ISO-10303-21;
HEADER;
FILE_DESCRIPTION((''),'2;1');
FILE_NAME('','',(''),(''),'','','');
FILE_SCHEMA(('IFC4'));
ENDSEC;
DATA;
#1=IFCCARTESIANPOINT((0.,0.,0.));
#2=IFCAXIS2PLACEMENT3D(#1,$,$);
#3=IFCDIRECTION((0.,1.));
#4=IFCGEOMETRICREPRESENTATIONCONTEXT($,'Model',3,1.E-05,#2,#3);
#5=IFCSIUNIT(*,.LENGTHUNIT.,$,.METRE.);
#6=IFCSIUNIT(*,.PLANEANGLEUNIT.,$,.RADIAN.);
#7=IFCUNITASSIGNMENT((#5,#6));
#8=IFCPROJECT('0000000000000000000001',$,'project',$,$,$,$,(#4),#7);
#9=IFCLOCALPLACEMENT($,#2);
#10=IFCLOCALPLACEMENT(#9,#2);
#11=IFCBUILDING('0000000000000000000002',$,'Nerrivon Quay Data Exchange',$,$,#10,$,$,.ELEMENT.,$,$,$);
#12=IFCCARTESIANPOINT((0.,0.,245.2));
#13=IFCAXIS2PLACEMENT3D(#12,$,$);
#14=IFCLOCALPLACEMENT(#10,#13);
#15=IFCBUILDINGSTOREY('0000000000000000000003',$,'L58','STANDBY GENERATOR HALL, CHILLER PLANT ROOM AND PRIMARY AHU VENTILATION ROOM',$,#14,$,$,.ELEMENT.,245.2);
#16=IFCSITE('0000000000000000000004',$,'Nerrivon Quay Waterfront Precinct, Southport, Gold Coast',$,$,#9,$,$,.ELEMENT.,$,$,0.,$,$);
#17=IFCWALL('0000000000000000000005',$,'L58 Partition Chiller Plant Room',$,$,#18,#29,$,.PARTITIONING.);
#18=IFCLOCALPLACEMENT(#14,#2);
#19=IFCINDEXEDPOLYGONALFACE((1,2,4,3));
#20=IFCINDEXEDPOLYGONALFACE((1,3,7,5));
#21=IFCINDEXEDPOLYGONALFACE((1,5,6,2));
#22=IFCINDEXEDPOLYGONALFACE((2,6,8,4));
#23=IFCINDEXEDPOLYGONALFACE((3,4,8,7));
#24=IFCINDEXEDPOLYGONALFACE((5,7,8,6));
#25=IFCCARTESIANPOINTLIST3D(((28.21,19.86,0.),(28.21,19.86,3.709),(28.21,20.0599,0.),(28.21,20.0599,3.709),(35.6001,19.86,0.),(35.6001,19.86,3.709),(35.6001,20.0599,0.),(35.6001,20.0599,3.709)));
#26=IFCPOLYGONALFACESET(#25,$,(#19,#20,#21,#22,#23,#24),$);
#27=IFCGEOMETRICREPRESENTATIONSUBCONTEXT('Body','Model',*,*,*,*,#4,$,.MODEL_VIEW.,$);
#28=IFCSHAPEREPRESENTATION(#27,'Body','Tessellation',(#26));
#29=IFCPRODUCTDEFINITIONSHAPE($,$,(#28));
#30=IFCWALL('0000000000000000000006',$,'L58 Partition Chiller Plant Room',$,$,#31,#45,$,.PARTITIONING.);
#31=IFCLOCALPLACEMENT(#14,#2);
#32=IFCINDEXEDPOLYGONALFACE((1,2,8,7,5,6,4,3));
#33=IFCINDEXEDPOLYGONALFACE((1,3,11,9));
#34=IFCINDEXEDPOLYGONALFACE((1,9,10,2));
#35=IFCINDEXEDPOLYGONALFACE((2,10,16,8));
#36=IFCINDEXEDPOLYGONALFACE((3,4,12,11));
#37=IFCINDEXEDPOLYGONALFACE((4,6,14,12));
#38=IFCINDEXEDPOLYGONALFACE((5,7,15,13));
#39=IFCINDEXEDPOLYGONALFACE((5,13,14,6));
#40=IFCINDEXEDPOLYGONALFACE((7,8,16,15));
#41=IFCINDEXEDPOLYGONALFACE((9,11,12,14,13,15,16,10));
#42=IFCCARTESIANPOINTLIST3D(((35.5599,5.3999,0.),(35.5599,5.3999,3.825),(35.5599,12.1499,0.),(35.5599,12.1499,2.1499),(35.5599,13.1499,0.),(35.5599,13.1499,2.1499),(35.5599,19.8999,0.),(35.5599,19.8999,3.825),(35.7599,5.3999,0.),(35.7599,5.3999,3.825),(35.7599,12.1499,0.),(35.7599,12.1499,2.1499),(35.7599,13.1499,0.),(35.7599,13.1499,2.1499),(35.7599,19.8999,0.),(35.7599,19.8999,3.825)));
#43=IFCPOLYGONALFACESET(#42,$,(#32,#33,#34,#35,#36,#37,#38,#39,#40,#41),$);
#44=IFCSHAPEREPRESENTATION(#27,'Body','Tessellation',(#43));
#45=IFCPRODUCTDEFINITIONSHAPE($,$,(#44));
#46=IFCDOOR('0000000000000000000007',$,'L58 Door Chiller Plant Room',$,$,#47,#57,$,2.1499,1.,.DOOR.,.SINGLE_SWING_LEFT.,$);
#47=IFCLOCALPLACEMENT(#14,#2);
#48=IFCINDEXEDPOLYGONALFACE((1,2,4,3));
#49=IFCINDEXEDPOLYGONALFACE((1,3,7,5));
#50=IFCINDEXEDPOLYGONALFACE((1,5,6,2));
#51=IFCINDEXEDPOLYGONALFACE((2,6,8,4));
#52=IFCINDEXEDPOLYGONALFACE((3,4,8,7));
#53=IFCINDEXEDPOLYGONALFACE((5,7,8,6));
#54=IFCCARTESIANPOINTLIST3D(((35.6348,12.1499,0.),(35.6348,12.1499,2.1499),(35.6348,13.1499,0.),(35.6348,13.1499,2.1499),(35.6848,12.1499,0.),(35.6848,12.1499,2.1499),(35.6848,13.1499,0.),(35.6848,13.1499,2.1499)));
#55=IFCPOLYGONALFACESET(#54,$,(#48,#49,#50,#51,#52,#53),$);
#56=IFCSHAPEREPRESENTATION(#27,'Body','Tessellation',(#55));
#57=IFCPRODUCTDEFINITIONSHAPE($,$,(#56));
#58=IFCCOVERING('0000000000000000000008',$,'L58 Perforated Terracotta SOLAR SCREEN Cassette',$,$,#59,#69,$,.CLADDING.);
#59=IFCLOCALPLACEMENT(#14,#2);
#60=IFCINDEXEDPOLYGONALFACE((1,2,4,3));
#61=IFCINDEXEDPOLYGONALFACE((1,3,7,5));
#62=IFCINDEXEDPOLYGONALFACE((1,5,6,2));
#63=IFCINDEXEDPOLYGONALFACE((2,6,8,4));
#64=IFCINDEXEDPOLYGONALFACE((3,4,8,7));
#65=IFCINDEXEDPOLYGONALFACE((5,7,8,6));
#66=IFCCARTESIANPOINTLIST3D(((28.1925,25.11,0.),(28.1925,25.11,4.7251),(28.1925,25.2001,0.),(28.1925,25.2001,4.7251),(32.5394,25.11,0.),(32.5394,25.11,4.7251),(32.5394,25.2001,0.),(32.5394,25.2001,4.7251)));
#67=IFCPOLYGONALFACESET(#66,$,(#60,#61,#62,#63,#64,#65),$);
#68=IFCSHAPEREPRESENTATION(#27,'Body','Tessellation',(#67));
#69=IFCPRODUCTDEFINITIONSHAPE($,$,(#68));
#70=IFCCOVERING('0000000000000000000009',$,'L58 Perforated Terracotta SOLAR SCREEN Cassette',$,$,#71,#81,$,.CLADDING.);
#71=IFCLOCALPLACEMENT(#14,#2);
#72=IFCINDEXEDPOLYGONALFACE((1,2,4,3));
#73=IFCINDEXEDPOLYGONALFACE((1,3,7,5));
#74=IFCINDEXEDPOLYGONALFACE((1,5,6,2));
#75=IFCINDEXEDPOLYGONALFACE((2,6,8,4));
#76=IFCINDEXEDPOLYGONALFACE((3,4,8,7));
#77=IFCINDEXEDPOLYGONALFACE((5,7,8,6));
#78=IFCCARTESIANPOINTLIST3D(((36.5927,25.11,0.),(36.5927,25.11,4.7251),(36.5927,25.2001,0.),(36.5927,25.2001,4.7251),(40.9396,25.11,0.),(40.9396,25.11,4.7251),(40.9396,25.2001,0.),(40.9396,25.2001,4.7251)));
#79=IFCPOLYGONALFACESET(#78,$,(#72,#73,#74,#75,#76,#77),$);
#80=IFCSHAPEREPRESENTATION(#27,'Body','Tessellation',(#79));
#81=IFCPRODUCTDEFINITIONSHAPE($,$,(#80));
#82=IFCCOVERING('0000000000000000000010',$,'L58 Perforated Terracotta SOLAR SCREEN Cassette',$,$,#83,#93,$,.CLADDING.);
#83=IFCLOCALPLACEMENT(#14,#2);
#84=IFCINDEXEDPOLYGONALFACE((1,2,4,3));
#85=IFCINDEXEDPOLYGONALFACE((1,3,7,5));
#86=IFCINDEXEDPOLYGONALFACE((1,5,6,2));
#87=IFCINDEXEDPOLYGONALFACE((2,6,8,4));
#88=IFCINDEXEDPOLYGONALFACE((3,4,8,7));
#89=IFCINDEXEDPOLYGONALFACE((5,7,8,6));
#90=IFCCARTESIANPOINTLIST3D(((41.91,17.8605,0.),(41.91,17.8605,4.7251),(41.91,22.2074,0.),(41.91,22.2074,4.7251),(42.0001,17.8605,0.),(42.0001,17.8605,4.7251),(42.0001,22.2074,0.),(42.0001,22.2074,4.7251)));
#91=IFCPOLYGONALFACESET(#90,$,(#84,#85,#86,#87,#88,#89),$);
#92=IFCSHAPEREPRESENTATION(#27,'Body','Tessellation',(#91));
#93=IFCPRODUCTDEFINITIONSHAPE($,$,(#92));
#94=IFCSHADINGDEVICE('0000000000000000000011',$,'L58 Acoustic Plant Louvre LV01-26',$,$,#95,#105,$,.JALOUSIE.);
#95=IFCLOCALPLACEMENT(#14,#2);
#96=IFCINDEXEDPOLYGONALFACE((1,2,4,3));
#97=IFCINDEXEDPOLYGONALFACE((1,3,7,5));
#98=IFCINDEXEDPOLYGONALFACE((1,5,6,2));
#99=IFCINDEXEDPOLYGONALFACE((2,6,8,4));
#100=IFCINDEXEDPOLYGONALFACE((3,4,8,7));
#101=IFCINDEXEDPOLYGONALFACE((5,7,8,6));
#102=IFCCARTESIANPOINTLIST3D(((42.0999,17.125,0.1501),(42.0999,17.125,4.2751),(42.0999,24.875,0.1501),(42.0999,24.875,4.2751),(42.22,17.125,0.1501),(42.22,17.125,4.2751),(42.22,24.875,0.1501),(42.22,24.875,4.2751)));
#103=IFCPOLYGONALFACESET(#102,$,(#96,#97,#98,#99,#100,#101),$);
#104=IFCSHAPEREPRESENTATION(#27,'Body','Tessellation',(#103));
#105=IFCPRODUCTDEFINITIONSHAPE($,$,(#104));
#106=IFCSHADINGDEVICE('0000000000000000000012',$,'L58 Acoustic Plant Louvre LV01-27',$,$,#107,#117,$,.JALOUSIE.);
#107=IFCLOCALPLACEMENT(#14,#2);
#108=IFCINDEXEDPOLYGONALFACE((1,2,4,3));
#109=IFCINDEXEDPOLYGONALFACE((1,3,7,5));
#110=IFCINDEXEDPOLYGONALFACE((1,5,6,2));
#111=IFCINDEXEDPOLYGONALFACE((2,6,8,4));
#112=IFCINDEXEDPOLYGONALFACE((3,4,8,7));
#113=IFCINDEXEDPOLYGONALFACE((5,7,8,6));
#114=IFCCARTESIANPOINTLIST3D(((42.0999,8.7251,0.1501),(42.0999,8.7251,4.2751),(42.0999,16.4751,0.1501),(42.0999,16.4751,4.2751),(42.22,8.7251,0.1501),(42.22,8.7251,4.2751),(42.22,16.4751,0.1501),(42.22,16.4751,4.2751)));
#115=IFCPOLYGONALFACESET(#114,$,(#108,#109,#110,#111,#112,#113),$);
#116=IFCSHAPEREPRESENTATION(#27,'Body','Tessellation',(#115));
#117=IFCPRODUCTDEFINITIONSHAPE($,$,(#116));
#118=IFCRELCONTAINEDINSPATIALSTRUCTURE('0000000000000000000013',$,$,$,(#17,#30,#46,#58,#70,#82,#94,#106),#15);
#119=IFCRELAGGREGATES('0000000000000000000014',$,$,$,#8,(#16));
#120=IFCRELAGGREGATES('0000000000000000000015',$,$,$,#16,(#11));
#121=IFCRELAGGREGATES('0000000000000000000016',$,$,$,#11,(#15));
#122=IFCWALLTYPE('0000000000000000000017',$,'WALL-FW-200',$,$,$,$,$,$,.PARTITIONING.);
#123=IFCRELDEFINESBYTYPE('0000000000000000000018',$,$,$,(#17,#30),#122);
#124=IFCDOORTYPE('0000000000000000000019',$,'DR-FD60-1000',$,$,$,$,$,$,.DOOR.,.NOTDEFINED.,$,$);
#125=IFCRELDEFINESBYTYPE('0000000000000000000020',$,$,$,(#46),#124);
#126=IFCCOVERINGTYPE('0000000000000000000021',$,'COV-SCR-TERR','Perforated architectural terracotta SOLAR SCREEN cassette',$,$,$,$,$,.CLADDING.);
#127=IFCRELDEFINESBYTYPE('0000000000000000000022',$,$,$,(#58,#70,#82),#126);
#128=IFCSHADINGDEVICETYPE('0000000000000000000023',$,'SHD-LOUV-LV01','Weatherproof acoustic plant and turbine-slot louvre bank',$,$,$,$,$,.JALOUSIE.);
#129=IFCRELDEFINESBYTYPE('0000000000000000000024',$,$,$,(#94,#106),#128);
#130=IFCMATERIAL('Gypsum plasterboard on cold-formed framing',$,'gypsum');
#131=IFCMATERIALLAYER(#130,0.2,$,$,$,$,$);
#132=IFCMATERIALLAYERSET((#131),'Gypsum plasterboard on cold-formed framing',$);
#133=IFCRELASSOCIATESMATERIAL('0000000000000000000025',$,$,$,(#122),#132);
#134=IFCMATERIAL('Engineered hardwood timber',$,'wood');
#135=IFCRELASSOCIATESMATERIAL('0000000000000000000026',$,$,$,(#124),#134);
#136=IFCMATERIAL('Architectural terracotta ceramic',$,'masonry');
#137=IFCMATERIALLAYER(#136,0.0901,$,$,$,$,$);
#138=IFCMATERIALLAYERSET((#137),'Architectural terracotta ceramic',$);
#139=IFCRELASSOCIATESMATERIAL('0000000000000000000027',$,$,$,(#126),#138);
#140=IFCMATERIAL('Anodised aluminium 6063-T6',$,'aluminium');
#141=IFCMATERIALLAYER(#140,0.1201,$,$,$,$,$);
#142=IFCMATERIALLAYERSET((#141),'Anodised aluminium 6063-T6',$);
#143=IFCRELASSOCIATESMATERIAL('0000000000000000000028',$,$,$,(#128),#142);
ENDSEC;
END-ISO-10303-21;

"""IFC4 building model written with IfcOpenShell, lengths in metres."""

from ifc_helpers import new_model, si_unit, direction, frame, frame_2d, origin, origin_2d, place, context, subcontext, project, spatial, rectangle, extrude, material, layer, layer_set, type_object, element, fill, save


model = new_model("IFC4")

# Units and contexts
model_context = context("Model", 3, precision=1e-05, world=origin(), true_north=direction((0.0, 1.0)))
body_context = subcontext(model_context, "Body", "Model", "MODEL_VIEW")
ifc_project = project(units=[si_unit("LENGTHUNIT", "METRE"), si_unit("PLANEANGLEUNIT", "RADIAN")], contexts=[model_context])

# Site, building, storey
site_placement = place(None, origin())
site = spatial("IfcSite", under=ifc_project, at=site_placement, Name="Nerrivon Quay Waterfront Precinct, Southport, Gold Coast", CompositionType="ELEMENT", RefElevation=0.0)
building_placement = place(site_placement, origin())
building = spatial("IfcBuilding", under=site, at=building_placement, Name="Nerrivon Quay Data Exchange", CompositionType="ELEMENT")
storey_placement = place(building_placement, frame((0.0, 0.0, 245.2)))
storey = spatial("IfcBuildingStorey", under=building, at=storey_placement, Name="L58", Description="STANDBY GENERATOR HALL, CHILLER PLANT ROOM AND PRIMARY AHU VENTILATION ROOM", CompositionType="ELEMENT", Elevation=245.2)

# Shared definitions
ifc_material_1 = material(Name="Gypsum plasterboard on cold-formed framing", Category="gypsum")
ifc_layer_1 = layer(ifc_material_1, 0.2)
ifc_layer_set_1 = layer_set([ifc_layer_1], Name="Gypsum plasterboard on cold-formed framing")
wall_type_1 = type_object("IfcWallType", Name="WALL-FW-200", PredefinedType="PARTITIONING", material=ifc_layer_set_1)

# Wall
wall_1_placement = place(storey_placement, frame((28.21, 19.96, 0.0), z_axis=(0.0, 0.0, 1.0), x_axis=(1.0, 0.0, 0.0)))
element("IfcWall", 1, at=wall_1_placement, inside=storey, type_object=wall_type_1, Name="L58 Partition Chiller Plant Room", PredefinedType="PARTITIONING", context=body_context, shape_type="SweptSolid", body=[
    extrude(rectangle(XDim=7.3901, YDim=0.2, at=frame_2d((3.6951, 0.0))), origin(), (0.0, 0.0, 1.0), 3.709),
])

# Wall, opening, door
wall_2_placement = place(storey_placement, frame((35.6599, 19.8999, 0.0), z_axis=(0.0, 0.0, 1.0), x_axis=(0.0, -1.0, 0.0)))
wall_2 = element("IfcWall", 2, at=wall_2_placement, inside=storey, type_object=wall_type_1, Name="L58 Partition Chiller Plant Room", PredefinedType="PARTITIONING", context=body_context, shape_type="SweptSolid", body=[
    extrude(rectangle(XDim=14.5, YDim=0.2, at=frame_2d((7.25, 0.0))), origin(), (0.0, 0.0, 1.0), 3.825),
])
opening_1_placement = place(wall_2_placement, frame((6.75, 0.0, 0.0)))
opening_1 = element("IfcOpeningElement", 3, at=opening_1_placement, cuts=wall_2, PredefinedType="OPENING", context=body_context, shape_type="SweptSolid", body=[
    extrude(rectangle(XDim=1.0, YDim=2.1499, at=frame_2d((0.5, 1.075))), frame((0.0, 0.1099, 0.0), z_axis=(0.0, -1.0, 0.0), x_axis=(1.0, 0.0, 0.0)), (0.0, 0.0, 1.0), 0.22),
])
ifc_material_2 = material(Name="Engineered hardwood timber", Category="wood")
door_type_1 = type_object("IfcDoorType", Name="DR-FD60-1000", OperationType="NOTDEFINED", PredefinedType="DOOR", material=ifc_material_2)
door_1_placement = place(opening_1_placement, origin())
door_1 = element("IfcDoor", 4, at=door_1_placement, inside=storey, type_object=door_type_1, Name="L58 Door Chiller Plant Room", OperationType="SINGLE_SWING_LEFT", OverallHeight=2.1499, OverallWidth=1.0, PredefinedType="DOOR", context=body_context, shape_type="SweptSolid", body=[
    extrude(rectangle(XDim=1.0, YDim=2.1499, at=frame_2d((0.5, 1.075))), frame((0.0, 0.0249, 0.0), z_axis=(0.0, -1.0, 0.0), x_axis=(1.0, 0.0, 0.0)), (0.0, 0.0, 1.0), 0.05),
])
fill(opening_1, door_1)

# Coverings
ifc_material_3 = material(Name="Architectural terracotta ceramic", Category="masonry")
ifc_layer_2 = layer(ifc_material_3, 0.0901)
ifc_layer_set_2 = layer_set([ifc_layer_2], Name="Architectural terracotta ceramic")
covering_type = type_object("IfcCoveringType", Name="COV-SCR-TERR", Description="Perforated architectural terracotta SOLAR SCREEN cassette", PredefinedType="CLADDING", material=ifc_layer_set_2)
for number, where, z_axis, x_axis, name in (
    (5, (30.366, 25.155, 0.0), (0.0, 0.0, 1.0), (1.0, 0.0, 0.0), "L58 Perforated Terracotta SOLAR SCREEN Cassette"),
    (6, (38.7661, 25.155, 0.0), (0.0, 0.0, 1.0), (1.0, 0.0, 0.0), "L58 Perforated Terracotta SOLAR SCREEN Cassette"),
    (7, (41.9551, 20.0339, 0.0), (0.0, 0.0, 1.0), (0.0, -1.0, 0.0), "L58 Perforated Terracotta SOLAR SCREEN Cassette"),
):
    element("IfcCovering", number, at=place(storey_placement, frame(where, z_axis=z_axis, x_axis=x_axis)), inside=storey, type_object=covering_type, Name=name, PredefinedType="CLADDING", context=body_context, shape_type="SweptSolid", body=[
        extrude(rectangle(XDim=4.3469, YDim=0.0901, at=origin_2d()), origin(), (0.0, 0.0, 1.0), 4.7251),
    ])

# Shading devices
ifc_material_4 = material(Name="Anodised aluminium 6063-T6", Category="aluminium")
ifc_layer_3 = layer(ifc_material_4, 0.1201)
ifc_layer_set_3 = layer_set([ifc_layer_3], Name="Anodised aluminium 6063-T6")
shading_device_type = type_object("IfcShadingDeviceType", Name="SHD-LOUV-LV01", Description="Weatherproof acoustic plant and turbine-slot louvre bank", PredefinedType="JALOUSIE", material=ifc_layer_set_3)
for number, where, z_axis, x_axis, name in (
    (8, (42.1599, 21.0, 0.1501), (0.0, 0.0, 1.0), (0.0, -1.0, 0.0), "L58 Acoustic Plant Louvre LV01-26"),
    (9, (42.1599, 12.6001, 0.1501), (0.0, 0.0, 1.0), (0.0, -1.0, 0.0), "L58 Acoustic Plant Louvre LV01-27"),
):
    element("IfcShadingDevice", number, at=place(storey_placement, frame(where, z_axis=z_axis, x_axis=x_axis)), inside=storey, type_object=shading_device_type, Name=name, PredefinedType="JALOUSIE", context=body_context, shape_type="SweptSolid", body=[
        extrude(rectangle(XDim=7.75, YDim=0.1201, at=origin_2d()), origin(), (0.0, 0.0, 1.0), 4.125),
    ])

save(model, "model.ifc")
